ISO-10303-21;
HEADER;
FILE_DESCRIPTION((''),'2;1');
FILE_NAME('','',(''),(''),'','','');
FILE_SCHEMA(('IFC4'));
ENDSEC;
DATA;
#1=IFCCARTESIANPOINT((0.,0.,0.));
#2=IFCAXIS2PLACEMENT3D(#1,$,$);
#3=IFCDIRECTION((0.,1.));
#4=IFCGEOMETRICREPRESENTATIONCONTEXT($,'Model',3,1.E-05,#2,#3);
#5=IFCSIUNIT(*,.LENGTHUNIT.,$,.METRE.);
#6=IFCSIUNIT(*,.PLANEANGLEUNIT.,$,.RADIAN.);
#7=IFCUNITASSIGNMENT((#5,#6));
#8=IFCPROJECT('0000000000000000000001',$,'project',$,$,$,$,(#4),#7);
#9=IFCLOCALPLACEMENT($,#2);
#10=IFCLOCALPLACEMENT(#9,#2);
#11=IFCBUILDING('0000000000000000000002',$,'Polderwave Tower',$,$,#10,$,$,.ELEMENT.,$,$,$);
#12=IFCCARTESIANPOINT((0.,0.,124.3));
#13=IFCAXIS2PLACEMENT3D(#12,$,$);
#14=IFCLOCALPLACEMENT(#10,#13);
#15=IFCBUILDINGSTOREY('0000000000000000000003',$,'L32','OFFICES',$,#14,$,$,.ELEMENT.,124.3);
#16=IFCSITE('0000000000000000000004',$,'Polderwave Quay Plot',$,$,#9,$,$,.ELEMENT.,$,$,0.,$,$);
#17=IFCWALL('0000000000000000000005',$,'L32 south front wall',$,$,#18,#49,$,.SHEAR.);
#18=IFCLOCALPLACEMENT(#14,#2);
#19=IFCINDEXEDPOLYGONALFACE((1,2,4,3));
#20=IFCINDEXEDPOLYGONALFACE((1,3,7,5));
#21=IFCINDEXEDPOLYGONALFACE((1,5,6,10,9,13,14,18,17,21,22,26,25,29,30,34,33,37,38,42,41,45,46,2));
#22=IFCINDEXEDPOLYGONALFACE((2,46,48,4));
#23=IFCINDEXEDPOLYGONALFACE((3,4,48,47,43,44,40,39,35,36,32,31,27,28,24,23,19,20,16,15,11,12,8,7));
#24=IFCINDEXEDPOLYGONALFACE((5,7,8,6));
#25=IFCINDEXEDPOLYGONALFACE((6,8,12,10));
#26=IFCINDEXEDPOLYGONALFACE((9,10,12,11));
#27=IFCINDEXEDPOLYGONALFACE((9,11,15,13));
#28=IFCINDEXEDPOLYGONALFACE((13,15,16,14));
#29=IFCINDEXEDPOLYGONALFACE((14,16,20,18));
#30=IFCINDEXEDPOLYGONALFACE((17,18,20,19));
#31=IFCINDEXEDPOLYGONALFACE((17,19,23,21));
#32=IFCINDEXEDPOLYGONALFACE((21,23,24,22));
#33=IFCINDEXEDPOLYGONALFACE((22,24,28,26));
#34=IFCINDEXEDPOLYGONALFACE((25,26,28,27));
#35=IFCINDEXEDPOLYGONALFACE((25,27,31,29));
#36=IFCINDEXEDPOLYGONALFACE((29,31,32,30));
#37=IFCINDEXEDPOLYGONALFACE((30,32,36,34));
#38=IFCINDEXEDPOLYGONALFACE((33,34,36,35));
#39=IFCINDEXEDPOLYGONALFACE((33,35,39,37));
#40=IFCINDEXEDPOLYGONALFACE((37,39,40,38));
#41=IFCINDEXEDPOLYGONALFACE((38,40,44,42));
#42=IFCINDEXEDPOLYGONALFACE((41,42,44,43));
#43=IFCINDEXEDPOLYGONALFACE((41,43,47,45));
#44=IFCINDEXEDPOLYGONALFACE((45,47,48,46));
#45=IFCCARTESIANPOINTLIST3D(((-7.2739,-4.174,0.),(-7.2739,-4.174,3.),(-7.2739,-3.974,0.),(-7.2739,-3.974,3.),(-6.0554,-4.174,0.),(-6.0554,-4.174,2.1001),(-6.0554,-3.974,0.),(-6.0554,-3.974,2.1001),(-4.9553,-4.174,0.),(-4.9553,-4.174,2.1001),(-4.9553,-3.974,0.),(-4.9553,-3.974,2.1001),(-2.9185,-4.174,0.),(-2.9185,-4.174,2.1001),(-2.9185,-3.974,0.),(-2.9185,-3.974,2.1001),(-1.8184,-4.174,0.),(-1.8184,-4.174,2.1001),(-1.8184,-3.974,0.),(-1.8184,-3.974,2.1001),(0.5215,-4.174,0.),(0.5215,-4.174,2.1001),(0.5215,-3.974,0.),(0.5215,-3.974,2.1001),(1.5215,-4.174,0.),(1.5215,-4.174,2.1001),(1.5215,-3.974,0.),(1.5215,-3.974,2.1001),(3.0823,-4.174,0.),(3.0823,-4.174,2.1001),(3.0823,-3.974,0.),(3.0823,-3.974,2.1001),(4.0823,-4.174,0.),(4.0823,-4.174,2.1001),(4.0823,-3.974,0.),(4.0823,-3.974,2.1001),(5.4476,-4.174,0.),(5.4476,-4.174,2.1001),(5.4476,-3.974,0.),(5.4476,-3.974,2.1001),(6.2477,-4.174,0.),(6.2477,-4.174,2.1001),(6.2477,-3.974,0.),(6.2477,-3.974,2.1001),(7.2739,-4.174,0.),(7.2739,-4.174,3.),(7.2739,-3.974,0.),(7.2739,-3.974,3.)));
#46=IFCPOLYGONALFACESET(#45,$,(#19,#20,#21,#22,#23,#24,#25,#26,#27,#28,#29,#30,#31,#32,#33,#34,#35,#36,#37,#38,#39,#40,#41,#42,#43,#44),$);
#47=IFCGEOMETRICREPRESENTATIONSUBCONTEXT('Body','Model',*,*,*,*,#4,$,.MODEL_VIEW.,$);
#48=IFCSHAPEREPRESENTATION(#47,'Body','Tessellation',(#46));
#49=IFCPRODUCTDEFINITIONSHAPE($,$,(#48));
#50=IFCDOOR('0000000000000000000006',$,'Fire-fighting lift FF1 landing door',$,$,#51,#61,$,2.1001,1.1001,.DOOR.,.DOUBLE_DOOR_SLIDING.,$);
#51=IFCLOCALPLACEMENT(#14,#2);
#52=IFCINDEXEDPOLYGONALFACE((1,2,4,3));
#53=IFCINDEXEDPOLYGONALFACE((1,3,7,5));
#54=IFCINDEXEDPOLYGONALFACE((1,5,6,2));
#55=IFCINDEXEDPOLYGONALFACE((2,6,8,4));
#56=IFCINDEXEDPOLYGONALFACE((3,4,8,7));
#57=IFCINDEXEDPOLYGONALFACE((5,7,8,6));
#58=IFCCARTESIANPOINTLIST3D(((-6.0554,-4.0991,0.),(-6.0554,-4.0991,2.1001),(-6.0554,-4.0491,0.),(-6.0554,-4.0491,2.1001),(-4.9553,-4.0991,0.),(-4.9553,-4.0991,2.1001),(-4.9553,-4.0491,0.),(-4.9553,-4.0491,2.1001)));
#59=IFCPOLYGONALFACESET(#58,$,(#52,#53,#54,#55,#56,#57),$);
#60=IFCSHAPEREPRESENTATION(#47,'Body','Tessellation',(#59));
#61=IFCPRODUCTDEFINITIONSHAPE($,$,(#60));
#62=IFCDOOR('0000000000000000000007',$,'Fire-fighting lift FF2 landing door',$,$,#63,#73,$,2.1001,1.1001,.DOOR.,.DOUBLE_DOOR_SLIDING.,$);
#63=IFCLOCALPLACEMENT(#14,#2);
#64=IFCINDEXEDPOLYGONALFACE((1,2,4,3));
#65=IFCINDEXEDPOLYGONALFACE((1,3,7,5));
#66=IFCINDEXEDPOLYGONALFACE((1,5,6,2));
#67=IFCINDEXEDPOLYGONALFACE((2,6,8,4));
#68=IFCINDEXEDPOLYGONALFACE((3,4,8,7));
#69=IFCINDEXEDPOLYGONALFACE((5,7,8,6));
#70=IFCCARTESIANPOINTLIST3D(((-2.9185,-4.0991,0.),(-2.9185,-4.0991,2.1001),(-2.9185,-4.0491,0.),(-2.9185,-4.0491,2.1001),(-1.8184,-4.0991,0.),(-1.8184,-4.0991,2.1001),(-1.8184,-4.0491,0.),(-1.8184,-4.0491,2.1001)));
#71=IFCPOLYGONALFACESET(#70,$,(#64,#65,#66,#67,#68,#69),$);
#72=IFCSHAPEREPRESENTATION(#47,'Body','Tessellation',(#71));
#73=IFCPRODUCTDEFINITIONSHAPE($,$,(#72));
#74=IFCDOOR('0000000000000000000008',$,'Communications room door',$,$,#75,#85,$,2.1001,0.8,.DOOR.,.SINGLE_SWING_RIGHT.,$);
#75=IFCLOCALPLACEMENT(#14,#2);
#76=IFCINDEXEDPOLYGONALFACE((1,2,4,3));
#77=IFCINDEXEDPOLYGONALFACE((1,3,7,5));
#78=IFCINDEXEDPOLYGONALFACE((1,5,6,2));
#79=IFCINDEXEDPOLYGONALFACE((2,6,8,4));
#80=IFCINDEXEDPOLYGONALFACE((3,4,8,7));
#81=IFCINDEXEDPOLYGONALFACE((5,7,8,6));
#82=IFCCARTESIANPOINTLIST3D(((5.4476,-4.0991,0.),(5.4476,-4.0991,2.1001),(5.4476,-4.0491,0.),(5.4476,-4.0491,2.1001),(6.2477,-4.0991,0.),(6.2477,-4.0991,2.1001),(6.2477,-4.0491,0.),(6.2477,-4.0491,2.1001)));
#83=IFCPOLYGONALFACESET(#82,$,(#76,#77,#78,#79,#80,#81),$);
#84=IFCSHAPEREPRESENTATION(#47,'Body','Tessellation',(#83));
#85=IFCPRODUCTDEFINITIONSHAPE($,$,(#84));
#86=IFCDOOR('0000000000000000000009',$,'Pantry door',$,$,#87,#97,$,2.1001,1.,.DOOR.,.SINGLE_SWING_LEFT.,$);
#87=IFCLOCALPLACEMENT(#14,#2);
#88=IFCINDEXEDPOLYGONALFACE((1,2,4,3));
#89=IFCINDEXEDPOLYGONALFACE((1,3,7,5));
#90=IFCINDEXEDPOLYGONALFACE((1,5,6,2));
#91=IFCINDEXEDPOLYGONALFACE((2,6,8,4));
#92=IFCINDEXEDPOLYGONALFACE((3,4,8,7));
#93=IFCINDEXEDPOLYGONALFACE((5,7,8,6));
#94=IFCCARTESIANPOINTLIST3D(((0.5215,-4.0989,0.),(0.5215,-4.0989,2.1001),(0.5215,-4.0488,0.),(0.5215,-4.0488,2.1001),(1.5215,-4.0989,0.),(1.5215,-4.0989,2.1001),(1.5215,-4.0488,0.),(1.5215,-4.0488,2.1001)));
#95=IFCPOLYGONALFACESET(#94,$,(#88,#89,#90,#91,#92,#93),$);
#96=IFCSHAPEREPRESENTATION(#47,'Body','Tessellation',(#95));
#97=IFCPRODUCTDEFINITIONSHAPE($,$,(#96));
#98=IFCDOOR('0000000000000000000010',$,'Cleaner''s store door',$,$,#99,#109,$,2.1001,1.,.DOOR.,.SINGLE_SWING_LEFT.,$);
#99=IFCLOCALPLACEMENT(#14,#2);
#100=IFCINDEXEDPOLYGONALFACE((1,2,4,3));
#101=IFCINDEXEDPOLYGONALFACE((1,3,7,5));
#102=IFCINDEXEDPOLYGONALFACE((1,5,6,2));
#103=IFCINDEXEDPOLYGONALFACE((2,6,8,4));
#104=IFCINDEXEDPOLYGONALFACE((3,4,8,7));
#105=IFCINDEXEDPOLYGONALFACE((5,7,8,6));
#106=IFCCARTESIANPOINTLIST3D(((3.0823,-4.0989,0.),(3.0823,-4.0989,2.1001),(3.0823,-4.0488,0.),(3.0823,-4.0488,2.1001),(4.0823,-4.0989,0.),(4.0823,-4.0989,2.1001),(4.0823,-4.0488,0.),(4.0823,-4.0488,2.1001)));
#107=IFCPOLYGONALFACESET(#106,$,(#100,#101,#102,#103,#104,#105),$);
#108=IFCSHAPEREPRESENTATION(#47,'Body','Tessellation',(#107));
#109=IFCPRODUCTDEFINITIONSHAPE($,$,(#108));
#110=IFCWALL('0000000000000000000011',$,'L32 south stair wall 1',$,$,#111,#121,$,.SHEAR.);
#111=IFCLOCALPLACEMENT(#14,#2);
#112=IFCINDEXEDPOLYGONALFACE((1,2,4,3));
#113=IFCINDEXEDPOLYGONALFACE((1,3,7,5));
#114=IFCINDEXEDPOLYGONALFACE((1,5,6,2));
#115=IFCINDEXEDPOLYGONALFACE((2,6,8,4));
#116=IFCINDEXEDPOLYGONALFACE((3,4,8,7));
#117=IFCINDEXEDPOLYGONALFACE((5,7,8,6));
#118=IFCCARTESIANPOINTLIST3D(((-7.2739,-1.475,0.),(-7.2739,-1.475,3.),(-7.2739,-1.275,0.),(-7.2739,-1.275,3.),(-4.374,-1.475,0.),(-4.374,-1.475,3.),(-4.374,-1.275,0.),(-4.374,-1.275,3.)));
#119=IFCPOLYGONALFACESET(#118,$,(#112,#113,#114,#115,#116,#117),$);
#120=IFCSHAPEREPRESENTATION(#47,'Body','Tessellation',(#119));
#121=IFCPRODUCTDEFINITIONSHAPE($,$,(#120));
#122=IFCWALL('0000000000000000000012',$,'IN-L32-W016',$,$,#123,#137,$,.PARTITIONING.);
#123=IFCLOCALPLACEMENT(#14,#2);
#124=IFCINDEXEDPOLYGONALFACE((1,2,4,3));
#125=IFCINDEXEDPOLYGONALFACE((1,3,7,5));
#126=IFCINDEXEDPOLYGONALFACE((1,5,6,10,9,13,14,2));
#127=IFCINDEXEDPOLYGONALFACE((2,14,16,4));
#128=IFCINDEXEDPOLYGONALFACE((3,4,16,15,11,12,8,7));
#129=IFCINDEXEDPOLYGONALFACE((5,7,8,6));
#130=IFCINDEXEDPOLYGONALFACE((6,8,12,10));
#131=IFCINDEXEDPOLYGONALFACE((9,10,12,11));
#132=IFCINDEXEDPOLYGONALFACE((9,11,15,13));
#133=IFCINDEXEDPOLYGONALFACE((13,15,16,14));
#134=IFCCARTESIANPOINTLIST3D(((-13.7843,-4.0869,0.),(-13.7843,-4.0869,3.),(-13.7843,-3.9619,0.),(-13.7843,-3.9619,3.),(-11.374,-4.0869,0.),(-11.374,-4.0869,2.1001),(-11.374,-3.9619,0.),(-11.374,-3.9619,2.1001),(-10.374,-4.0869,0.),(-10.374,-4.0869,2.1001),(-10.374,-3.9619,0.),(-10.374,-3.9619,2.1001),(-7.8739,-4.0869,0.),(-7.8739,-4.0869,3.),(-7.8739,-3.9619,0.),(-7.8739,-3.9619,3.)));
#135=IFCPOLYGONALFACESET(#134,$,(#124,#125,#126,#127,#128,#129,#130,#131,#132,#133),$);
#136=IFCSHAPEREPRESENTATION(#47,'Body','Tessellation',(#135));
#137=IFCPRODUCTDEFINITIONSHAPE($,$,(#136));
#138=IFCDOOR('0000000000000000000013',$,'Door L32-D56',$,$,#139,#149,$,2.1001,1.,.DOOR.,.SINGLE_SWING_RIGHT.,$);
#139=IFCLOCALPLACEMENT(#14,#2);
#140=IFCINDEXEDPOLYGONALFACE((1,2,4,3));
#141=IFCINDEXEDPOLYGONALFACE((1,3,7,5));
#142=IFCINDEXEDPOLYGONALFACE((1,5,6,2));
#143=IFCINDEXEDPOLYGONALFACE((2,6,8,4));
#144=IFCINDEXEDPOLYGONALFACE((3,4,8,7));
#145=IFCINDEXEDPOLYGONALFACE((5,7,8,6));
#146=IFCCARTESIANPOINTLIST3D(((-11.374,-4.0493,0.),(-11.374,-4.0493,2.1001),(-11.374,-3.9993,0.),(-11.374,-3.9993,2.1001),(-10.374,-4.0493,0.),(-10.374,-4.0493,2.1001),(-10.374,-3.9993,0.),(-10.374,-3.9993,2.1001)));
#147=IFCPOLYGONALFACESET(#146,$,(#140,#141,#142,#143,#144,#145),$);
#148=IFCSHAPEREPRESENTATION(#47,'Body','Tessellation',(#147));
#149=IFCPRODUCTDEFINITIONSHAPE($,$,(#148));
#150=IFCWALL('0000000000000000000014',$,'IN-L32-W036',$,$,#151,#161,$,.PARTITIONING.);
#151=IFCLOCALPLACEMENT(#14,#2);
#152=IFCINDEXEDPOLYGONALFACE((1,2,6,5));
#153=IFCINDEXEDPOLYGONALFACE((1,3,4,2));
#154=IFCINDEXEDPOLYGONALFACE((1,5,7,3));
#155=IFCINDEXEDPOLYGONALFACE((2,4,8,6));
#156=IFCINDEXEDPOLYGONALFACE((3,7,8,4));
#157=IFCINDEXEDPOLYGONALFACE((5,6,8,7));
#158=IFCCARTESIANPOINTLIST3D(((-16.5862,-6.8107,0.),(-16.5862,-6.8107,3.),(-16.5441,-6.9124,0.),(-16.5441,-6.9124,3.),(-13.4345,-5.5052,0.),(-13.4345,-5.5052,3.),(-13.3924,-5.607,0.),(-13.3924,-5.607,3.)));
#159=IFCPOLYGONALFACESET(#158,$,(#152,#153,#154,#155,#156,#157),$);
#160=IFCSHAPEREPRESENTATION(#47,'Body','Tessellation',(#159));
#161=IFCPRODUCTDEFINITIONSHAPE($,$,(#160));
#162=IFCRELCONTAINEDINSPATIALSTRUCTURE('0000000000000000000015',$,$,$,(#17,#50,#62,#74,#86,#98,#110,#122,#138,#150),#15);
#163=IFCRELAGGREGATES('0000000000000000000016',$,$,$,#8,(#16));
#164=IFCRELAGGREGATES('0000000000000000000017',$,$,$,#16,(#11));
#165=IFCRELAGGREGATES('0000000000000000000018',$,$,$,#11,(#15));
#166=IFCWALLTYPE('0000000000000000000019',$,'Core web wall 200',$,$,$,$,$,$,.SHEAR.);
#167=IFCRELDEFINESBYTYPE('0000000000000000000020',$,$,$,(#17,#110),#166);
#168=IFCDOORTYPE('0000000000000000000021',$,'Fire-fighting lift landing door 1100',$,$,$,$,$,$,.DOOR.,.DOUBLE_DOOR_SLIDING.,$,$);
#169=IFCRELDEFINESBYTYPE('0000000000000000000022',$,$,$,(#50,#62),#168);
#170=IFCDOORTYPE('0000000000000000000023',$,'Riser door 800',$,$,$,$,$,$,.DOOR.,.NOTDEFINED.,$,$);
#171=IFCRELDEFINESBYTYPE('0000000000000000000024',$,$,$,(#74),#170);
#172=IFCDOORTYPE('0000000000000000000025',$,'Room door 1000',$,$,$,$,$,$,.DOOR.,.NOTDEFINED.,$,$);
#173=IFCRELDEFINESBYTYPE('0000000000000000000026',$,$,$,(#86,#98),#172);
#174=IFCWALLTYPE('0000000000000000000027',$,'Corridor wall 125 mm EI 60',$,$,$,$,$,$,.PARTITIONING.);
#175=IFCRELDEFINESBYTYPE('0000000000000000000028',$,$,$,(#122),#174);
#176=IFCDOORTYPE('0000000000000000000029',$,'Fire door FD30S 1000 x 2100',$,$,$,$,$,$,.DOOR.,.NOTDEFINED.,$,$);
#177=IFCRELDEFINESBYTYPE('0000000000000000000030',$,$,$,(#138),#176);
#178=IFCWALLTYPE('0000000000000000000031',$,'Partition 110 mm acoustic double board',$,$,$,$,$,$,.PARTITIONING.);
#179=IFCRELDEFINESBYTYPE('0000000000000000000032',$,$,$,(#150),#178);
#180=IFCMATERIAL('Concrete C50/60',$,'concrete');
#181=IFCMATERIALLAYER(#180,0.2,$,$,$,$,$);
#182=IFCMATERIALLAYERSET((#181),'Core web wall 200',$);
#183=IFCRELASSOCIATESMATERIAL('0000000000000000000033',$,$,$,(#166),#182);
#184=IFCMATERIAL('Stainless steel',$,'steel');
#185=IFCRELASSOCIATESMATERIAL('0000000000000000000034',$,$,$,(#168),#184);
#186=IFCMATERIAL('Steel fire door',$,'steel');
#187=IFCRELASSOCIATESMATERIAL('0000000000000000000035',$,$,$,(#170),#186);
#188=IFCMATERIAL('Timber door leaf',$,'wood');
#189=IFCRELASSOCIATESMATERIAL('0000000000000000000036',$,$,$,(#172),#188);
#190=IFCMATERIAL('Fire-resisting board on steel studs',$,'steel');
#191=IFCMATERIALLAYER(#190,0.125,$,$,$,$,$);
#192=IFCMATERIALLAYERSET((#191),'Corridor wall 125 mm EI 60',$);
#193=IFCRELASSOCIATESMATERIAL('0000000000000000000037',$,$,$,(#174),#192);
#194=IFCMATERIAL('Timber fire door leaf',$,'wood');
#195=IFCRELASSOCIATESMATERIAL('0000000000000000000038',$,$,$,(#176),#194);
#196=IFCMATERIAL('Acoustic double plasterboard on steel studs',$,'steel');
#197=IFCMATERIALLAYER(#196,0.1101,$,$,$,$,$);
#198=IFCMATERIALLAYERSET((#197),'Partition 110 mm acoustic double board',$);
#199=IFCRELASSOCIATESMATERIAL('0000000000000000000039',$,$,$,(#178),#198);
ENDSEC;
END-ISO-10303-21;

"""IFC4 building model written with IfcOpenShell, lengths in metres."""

from ifc_helpers import new_model, si_unit, direction, frame, frame_2d, origin, place, context, subcontext, project, spatial, rectangle, extrude, material, layer, layer_set, type_object, element, fill, save


model = new_model("IFC4")

# Units and contexts
model_context = context("Model", 3, precision=1e-05, world=origin(), true_north=direction((0.0, 1.0)))
body_context = subcontext(model_context, "Body", "Model", "MODEL_VIEW")
ifc_project = project(units=[si_unit("LENGTHUNIT", "METRE"), si_unit("PLANEANGLEUNIT", "RADIAN")], contexts=[model_context])

# Site, building, storey
site_placement = place(None, origin())
site = spatial("IfcSite", under=ifc_project, at=site_placement, Name="Polderwave Quay Plot", CompositionType="ELEMENT", RefElevation=0.0)
building_placement = place(site_placement, origin())
building = spatial("IfcBuilding", under=site, at=building_placement, Name="Polderwave Tower", CompositionType="ELEMENT")
storey_placement = place(building_placement, frame((0.0, 0.0, 124.3)))
storey = spatial("IfcBuildingStorey", under=building, at=storey_placement, Name="L32", Description="OFFICES", CompositionType="ELEMENT", Elevation=124.3)

# Wall, openings, doors
ifc_material_1 = material(Name="Steel fire door", Category="steel")
ifc_material_2 = material(Name="Concrete C50/60", Category="concrete")
ifc_layer_1 = layer(ifc_material_2, 0.2)
ifc_layer_set_1 = layer_set([ifc_layer_1], Name="Core web wall 200")
wall_type_1 = type_object("IfcWallType", Name="Core web wall 200", PredefinedType="SHEAR", material=ifc_layer_set_1)
wall_1_placement = place(storey_placement, frame((-7.2739, -4.074, 0.0), z_axis=(0.0, 0.0, 1.0), x_axis=(1.0, 0.0, 0.0)))
wall_1 = element("IfcWall", 1, at=wall_1_placement, inside=storey, type_object=wall_type_1, Name="L32 south front wall", PredefinedType="SHEAR", context=body_context, shape_type="SweptSolid", body=[
    extrude(rectangle(XDim=14.5479, YDim=0.2, at=frame_2d((7.2739, 0.0))), origin(), (0.0, 0.0, 1.0), 3.0),
])
opening_1_placement = place(wall_1_placement, frame((1.2185, 0.0, 0.0)))
opening_1 = element("IfcOpeningElement", 2, at=opening_1_placement, cuts=wall_1, PredefinedType="OPENING", context=body_context, shape_type="SweptSolid", body=[
    extrude(rectangle(XDim=1.1001, YDim=2.1001, at=frame_2d((0.55, 1.05))), frame((0.0, 0.1099, 0.0), z_axis=(0.0, -1.0, 0.0), x_axis=(1.0, 0.0, 0.0)), (0.0, 0.0, 1.0), 0.22),
])
opening_2_placement = place(wall_1_placement, frame((4.3555, 0.0, 0.0)))
opening_2 = element("IfcOpeningElement", 3, at=opening_2_placement, cuts=wall_1, PredefinedType="OPENING", context=body_context, shape_type="SweptSolid", body=[
    extrude(rectangle(XDim=1.1001, YDim=2.1001, at=frame_2d((0.55, 1.05))), frame((0.0, 0.1099, 0.0), z_axis=(0.0, -1.0, 0.0), x_axis=(1.0, 0.0, 0.0)), (0.0, 0.0, 1.0), 0.22),
])
opening_3_placement = place(wall_1_placement, frame((7.7954, 0.0, 0.0)))
opening_3 = element("IfcOpeningElement", 4, at=opening_3_placement, cuts=wall_1, PredefinedType="OPENING", context=body_context, shape_type="SweptSolid", body=[
    extrude(rectangle(XDim=1.0, YDim=2.1001, at=frame_2d((0.5, 1.05))), frame((0.0, 0.1099, 0.0), z_axis=(0.0, -1.0, 0.0), x_axis=(1.0, 0.0, 0.0)), (0.0, 0.0, 1.0), 0.22),
])
opening_4_placement = place(wall_1_placement, frame((10.3562, 0.0, 0.0)))
opening_4 = element("IfcOpeningElement", 5, at=opening_4_placement, cuts=wall_1, PredefinedType="OPENING", context=body_context, shape_type="SweptSolid", body=[
    extrude(rectangle(XDim=1.0, YDim=2.1001, at=frame_2d((0.5, 1.05))), frame((0.0, 0.1099, 0.0), z_axis=(0.0, -1.0, 0.0), x_axis=(1.0, 0.0, 0.0)), (0.0, 0.0, 1.0), 0.22),
])
opening_5_placement = place(wall_1_placement, frame((12.7217, 0.0, 0.0)))
opening_5 = element("IfcOpeningElement", 6, at=opening_5_placement, cuts=wall_1, PredefinedType="OPENING", context=body_context, shape_type="SweptSolid", body=[
    extrude(rectangle(XDim=0.8, YDim=2.1001, at=frame_2d((0.3999, 1.05))), frame((0.0, 0.1099, 0.0), z_axis=(0.0, -1.0, 0.0), x_axis=(1.0, 0.0, 0.0)), (0.0, 0.0, 1.0), 0.22),
])
ifc_material_3 = material(Name="Stainless steel", Category="steel")
door_type_1 = type_object("IfcDoorType", Name="Fire-fighting lift landing door 1100", OperationType="DOUBLE_DOOR_SLIDING", PredefinedType="DOOR", material=ifc_material_3)
door_1_placement = place(opening_1_placement, origin())
door_1 = element("IfcDoor", 7, at=door_1_placement, inside=storey, type_object=door_type_1, Name="Fire-fighting lift FF1 landing door", OperationType="DOUBLE_DOOR_SLIDING", OverallHeight=2.1001, OverallWidth=1.1001, PredefinedType="DOOR", context=body_context, shape_type="SweptSolid", body=[
    extrude(rectangle(XDim=1.1001, YDim=2.1001, at=frame_2d((0.55, 1.05))), frame((0.0, 0.0249, 0.0), z_axis=(0.0, -1.0, 0.0), x_axis=(1.0, 0.0, 0.0)), (0.0, 0.0, 1.0), 0.05),
])
fill(opening_1, door_1)
door_2_placement = place(opening_2_placement, origin())
door_2 = element("IfcDoor", 8, at=door_2_placement, inside=storey, type_object=door_type_1, Name="Fire-fighting lift FF2 landing door", OperationType="DOUBLE_DOOR_SLIDING", OverallHeight=2.1001, OverallWidth=1.1001, PredefinedType="DOOR", context=body_context, shape_type="SweptSolid", body=[
    extrude(rectangle(XDim=1.1001, YDim=2.1001, at=frame_2d((0.55, 1.05))), frame((0.0, 0.0249, 0.0), z_axis=(0.0, -1.0, 0.0), x_axis=(1.0, 0.0, 0.0)), (0.0, 0.0, 1.0), 0.05),
])
fill(opening_2, door_2)
door_type_2 = type_object("IfcDoorType", Name="Riser door 800", OperationType="NOTDEFINED", PredefinedType="DOOR", material=ifc_material_1)
door_3_placement = place(opening_5_placement, origin())
door_3 = element("IfcDoor", 9, at=door_3_placement, inside=storey, type_object=door_type_2, Name="Communications room door", OperationType="SINGLE_SWING_RIGHT", OverallHeight=2.1001, OverallWidth=0.8, PredefinedType="DOOR", context=body_context, shape_type="SweptSolid", body=[
    extrude(rectangle(XDim=0.8, YDim=2.1001, at=frame_2d((0.3999, 1.05))), frame((0.0, 0.0249, 0.0), z_axis=(0.0, -1.0, 0.0), x_axis=(1.0, 0.0, 0.0)), (0.0, 0.0, 1.0), 0.05),
])
fill(opening_5, door_3)
ifc_material_4 = material(Name="Timber door leaf", Category="wood")
door_type_3 = type_object("IfcDoorType", Name="Room door 1000", OperationType="NOTDEFINED", PredefinedType="DOOR", material=ifc_material_4)
door_4_placement = place(opening_3_placement, frame((1.0, 0.0, 0.0), z_axis=(0.0, 0.0, 1.0), x_axis=(-1.0, 0.0, 0.0)))
door_4 = element("IfcDoor", 10, at=door_4_placement, inside=storey, type_object=door_type_3, Name="Pantry door", OperationType="SINGLE_SWING_LEFT", OverallHeight=2.1001, OverallWidth=1.0, PredefinedType="DOOR", context=body_context, shape_type="SweptSolid", body=[
    extrude(rectangle(XDim=1.0, YDim=2.1001, at=frame_2d((0.5, 1.05))), frame((0.0, 0.0249, 0.0), z_axis=(0.0, -1.0, 0.0), x_axis=(1.0, 0.0, 0.0)), (0.0, 0.0, 1.0), 0.05),
])
fill(opening_3, door_4)
door_5_placement = place(opening_4_placement, frame((1.0, 0.0, 0.0), z_axis=(0.0, 0.0, 1.0), x_axis=(-1.0, 0.0, 0.0)))
door_5 = element("IfcDoor", 11, at=door_5_placement, inside=storey, type_object=door_type_3, Name="Cleaner's store door", OperationType="SINGLE_SWING_LEFT", OverallHeight=2.1001, OverallWidth=1.0, PredefinedType="DOOR", context=body_context, shape_type="SweptSolid", body=[
    extrude(rectangle(XDim=1.0, YDim=2.1001, at=frame_2d((0.5, 1.05))), frame((0.0, 0.0249, 0.0), z_axis=(0.0, -1.0, 0.0), x_axis=(1.0, 0.0, 0.0)), (0.0, 0.0, 1.0), 0.05),
])
fill(opening_4, door_5)

# Wall
wall_2_placement = place(storey_placement, frame((-7.2739, -1.375, 0.0), z_axis=(0.0, 0.0, 1.0), x_axis=(1.0, 0.0, 0.0)))
element("IfcWall", 12, at=wall_2_placement, inside=storey, type_object=wall_type_1, Name="L32 south stair wall 1", PredefinedType="SHEAR", context=body_context, shape_type="SweptSolid", body=[
    extrude(rectangle(XDim=2.8999, YDim=0.2, at=frame_2d((1.45, 0.0))), origin(), (0.0, 0.0, 1.0), 3.0),
])

# Wall, opening, door
ifc_material_5 = material(Name="Fire-resisting board on steel studs", Category="steel")
ifc_layer_2 = layer(ifc_material_5, 0.125)
ifc_layer_set_2 = layer_set([ifc_layer_2], Name="Corridor wall 125 mm EI 60")
wall_type_2 = type_object("IfcWallType", Name="Corridor wall 125 mm EI 60", PredefinedType="PARTITIONING", material=ifc_layer_set_2)
wall_3_placement = place(storey_placement, frame((-7.874, -4.0244, 0.0), z_axis=(0.0, 0.0, 1.0), x_axis=(-1.0, 0.0, 0.0)))
wall_3 = element("IfcWall", 13, at=wall_3_placement, inside=storey, type_object=wall_type_2, Name="IN-L32-W016", PredefinedType="PARTITIONING", context=body_context, shape_type="SweptSolid", body=[
    extrude(rectangle(XDim=5.9104, YDim=0.125, at=frame_2d((2.9551, 0.0))), origin(), (0.0, 0.0, 1.0), 3.0),
])
opening_6_placement = place(wall_3_placement, frame((2.5, 0.0, 0.0)))
opening_6 = element("IfcOpeningElement", 14, at=opening_6_placement, cuts=wall_3, PredefinedType="OPENING", context=body_context, shape_type="SweptSolid", body=[
    extrude(rectangle(XDim=1.0, YDim=2.1001, at=frame_2d((0.5, 1.05))), frame((0.0, 0.0725, 0.0), z_axis=(0.0, -1.0, 0.0), x_axis=(1.0, 0.0, 0.0)), (0.0, 0.0, 1.0), 0.145),
])
ifc_material_6 = material(Name="Timber fire door leaf", Category="wood")
door_type_4 = type_object("IfcDoorType", Name="Fire door FD30S 1000 x 2100", OperationType="NOTDEFINED", PredefinedType="DOOR", material=ifc_material_6)
door_6_placement = place(opening_6_placement, origin())
door_6 = element("IfcDoor", 15, at=door_6_placement, inside=storey, type_object=door_type_4, Name="Door L32-D56", OperationType="SINGLE_SWING_RIGHT", OverallHeight=2.1001, OverallWidth=1.0, PredefinedType="DOOR", context=body_context, shape_type="SweptSolid", body=[
    extrude(rectangle(XDim=1.0, YDim=2.1001, at=frame_2d((0.5, 1.05))), frame((0.0, 0.0249, 0.0), z_axis=(0.0, -1.0, 0.0), x_axis=(1.0, 0.0, 0.0)), (0.0, 0.0, 1.0), 0.05),
])
fill(opening_6, door_6)

# Wall
ifc_material_7 = material(Name="Acoustic double plasterboard on steel studs", Category="steel")
ifc_layer_3 = layer(ifc_material_7, 0.1101)
ifc_layer_set_3 = layer_set([ifc_layer_3], Name="Partition 110 mm acoustic double board")
wall_type_3 = type_object("IfcWallType", Name="Partition 110 mm acoustic double board", PredefinedType="PARTITIONING", material=ifc_layer_set_3)
wall_4_placement = place(storey_placement, frame((-13.4136, -5.5562, 0.0), z_axis=(0.0, 0.0, 1.0), x_axis=(-0.923882, -0.382678, 0.0)))
element("IfcWall", 16, at=wall_4_placement, inside=storey, type_object=wall_type_3, Name="IN-L32-W036", PredefinedType="PARTITIONING", context=body_context, shape_type="SweptSolid", body=[
    extrude(rectangle(XDim=3.4114, YDim=0.1101, at=frame_2d((1.7056, 0.0))), origin(), (0.0, 0.0, 1.0), 3.0),
])

save(model, "model.ifc")
